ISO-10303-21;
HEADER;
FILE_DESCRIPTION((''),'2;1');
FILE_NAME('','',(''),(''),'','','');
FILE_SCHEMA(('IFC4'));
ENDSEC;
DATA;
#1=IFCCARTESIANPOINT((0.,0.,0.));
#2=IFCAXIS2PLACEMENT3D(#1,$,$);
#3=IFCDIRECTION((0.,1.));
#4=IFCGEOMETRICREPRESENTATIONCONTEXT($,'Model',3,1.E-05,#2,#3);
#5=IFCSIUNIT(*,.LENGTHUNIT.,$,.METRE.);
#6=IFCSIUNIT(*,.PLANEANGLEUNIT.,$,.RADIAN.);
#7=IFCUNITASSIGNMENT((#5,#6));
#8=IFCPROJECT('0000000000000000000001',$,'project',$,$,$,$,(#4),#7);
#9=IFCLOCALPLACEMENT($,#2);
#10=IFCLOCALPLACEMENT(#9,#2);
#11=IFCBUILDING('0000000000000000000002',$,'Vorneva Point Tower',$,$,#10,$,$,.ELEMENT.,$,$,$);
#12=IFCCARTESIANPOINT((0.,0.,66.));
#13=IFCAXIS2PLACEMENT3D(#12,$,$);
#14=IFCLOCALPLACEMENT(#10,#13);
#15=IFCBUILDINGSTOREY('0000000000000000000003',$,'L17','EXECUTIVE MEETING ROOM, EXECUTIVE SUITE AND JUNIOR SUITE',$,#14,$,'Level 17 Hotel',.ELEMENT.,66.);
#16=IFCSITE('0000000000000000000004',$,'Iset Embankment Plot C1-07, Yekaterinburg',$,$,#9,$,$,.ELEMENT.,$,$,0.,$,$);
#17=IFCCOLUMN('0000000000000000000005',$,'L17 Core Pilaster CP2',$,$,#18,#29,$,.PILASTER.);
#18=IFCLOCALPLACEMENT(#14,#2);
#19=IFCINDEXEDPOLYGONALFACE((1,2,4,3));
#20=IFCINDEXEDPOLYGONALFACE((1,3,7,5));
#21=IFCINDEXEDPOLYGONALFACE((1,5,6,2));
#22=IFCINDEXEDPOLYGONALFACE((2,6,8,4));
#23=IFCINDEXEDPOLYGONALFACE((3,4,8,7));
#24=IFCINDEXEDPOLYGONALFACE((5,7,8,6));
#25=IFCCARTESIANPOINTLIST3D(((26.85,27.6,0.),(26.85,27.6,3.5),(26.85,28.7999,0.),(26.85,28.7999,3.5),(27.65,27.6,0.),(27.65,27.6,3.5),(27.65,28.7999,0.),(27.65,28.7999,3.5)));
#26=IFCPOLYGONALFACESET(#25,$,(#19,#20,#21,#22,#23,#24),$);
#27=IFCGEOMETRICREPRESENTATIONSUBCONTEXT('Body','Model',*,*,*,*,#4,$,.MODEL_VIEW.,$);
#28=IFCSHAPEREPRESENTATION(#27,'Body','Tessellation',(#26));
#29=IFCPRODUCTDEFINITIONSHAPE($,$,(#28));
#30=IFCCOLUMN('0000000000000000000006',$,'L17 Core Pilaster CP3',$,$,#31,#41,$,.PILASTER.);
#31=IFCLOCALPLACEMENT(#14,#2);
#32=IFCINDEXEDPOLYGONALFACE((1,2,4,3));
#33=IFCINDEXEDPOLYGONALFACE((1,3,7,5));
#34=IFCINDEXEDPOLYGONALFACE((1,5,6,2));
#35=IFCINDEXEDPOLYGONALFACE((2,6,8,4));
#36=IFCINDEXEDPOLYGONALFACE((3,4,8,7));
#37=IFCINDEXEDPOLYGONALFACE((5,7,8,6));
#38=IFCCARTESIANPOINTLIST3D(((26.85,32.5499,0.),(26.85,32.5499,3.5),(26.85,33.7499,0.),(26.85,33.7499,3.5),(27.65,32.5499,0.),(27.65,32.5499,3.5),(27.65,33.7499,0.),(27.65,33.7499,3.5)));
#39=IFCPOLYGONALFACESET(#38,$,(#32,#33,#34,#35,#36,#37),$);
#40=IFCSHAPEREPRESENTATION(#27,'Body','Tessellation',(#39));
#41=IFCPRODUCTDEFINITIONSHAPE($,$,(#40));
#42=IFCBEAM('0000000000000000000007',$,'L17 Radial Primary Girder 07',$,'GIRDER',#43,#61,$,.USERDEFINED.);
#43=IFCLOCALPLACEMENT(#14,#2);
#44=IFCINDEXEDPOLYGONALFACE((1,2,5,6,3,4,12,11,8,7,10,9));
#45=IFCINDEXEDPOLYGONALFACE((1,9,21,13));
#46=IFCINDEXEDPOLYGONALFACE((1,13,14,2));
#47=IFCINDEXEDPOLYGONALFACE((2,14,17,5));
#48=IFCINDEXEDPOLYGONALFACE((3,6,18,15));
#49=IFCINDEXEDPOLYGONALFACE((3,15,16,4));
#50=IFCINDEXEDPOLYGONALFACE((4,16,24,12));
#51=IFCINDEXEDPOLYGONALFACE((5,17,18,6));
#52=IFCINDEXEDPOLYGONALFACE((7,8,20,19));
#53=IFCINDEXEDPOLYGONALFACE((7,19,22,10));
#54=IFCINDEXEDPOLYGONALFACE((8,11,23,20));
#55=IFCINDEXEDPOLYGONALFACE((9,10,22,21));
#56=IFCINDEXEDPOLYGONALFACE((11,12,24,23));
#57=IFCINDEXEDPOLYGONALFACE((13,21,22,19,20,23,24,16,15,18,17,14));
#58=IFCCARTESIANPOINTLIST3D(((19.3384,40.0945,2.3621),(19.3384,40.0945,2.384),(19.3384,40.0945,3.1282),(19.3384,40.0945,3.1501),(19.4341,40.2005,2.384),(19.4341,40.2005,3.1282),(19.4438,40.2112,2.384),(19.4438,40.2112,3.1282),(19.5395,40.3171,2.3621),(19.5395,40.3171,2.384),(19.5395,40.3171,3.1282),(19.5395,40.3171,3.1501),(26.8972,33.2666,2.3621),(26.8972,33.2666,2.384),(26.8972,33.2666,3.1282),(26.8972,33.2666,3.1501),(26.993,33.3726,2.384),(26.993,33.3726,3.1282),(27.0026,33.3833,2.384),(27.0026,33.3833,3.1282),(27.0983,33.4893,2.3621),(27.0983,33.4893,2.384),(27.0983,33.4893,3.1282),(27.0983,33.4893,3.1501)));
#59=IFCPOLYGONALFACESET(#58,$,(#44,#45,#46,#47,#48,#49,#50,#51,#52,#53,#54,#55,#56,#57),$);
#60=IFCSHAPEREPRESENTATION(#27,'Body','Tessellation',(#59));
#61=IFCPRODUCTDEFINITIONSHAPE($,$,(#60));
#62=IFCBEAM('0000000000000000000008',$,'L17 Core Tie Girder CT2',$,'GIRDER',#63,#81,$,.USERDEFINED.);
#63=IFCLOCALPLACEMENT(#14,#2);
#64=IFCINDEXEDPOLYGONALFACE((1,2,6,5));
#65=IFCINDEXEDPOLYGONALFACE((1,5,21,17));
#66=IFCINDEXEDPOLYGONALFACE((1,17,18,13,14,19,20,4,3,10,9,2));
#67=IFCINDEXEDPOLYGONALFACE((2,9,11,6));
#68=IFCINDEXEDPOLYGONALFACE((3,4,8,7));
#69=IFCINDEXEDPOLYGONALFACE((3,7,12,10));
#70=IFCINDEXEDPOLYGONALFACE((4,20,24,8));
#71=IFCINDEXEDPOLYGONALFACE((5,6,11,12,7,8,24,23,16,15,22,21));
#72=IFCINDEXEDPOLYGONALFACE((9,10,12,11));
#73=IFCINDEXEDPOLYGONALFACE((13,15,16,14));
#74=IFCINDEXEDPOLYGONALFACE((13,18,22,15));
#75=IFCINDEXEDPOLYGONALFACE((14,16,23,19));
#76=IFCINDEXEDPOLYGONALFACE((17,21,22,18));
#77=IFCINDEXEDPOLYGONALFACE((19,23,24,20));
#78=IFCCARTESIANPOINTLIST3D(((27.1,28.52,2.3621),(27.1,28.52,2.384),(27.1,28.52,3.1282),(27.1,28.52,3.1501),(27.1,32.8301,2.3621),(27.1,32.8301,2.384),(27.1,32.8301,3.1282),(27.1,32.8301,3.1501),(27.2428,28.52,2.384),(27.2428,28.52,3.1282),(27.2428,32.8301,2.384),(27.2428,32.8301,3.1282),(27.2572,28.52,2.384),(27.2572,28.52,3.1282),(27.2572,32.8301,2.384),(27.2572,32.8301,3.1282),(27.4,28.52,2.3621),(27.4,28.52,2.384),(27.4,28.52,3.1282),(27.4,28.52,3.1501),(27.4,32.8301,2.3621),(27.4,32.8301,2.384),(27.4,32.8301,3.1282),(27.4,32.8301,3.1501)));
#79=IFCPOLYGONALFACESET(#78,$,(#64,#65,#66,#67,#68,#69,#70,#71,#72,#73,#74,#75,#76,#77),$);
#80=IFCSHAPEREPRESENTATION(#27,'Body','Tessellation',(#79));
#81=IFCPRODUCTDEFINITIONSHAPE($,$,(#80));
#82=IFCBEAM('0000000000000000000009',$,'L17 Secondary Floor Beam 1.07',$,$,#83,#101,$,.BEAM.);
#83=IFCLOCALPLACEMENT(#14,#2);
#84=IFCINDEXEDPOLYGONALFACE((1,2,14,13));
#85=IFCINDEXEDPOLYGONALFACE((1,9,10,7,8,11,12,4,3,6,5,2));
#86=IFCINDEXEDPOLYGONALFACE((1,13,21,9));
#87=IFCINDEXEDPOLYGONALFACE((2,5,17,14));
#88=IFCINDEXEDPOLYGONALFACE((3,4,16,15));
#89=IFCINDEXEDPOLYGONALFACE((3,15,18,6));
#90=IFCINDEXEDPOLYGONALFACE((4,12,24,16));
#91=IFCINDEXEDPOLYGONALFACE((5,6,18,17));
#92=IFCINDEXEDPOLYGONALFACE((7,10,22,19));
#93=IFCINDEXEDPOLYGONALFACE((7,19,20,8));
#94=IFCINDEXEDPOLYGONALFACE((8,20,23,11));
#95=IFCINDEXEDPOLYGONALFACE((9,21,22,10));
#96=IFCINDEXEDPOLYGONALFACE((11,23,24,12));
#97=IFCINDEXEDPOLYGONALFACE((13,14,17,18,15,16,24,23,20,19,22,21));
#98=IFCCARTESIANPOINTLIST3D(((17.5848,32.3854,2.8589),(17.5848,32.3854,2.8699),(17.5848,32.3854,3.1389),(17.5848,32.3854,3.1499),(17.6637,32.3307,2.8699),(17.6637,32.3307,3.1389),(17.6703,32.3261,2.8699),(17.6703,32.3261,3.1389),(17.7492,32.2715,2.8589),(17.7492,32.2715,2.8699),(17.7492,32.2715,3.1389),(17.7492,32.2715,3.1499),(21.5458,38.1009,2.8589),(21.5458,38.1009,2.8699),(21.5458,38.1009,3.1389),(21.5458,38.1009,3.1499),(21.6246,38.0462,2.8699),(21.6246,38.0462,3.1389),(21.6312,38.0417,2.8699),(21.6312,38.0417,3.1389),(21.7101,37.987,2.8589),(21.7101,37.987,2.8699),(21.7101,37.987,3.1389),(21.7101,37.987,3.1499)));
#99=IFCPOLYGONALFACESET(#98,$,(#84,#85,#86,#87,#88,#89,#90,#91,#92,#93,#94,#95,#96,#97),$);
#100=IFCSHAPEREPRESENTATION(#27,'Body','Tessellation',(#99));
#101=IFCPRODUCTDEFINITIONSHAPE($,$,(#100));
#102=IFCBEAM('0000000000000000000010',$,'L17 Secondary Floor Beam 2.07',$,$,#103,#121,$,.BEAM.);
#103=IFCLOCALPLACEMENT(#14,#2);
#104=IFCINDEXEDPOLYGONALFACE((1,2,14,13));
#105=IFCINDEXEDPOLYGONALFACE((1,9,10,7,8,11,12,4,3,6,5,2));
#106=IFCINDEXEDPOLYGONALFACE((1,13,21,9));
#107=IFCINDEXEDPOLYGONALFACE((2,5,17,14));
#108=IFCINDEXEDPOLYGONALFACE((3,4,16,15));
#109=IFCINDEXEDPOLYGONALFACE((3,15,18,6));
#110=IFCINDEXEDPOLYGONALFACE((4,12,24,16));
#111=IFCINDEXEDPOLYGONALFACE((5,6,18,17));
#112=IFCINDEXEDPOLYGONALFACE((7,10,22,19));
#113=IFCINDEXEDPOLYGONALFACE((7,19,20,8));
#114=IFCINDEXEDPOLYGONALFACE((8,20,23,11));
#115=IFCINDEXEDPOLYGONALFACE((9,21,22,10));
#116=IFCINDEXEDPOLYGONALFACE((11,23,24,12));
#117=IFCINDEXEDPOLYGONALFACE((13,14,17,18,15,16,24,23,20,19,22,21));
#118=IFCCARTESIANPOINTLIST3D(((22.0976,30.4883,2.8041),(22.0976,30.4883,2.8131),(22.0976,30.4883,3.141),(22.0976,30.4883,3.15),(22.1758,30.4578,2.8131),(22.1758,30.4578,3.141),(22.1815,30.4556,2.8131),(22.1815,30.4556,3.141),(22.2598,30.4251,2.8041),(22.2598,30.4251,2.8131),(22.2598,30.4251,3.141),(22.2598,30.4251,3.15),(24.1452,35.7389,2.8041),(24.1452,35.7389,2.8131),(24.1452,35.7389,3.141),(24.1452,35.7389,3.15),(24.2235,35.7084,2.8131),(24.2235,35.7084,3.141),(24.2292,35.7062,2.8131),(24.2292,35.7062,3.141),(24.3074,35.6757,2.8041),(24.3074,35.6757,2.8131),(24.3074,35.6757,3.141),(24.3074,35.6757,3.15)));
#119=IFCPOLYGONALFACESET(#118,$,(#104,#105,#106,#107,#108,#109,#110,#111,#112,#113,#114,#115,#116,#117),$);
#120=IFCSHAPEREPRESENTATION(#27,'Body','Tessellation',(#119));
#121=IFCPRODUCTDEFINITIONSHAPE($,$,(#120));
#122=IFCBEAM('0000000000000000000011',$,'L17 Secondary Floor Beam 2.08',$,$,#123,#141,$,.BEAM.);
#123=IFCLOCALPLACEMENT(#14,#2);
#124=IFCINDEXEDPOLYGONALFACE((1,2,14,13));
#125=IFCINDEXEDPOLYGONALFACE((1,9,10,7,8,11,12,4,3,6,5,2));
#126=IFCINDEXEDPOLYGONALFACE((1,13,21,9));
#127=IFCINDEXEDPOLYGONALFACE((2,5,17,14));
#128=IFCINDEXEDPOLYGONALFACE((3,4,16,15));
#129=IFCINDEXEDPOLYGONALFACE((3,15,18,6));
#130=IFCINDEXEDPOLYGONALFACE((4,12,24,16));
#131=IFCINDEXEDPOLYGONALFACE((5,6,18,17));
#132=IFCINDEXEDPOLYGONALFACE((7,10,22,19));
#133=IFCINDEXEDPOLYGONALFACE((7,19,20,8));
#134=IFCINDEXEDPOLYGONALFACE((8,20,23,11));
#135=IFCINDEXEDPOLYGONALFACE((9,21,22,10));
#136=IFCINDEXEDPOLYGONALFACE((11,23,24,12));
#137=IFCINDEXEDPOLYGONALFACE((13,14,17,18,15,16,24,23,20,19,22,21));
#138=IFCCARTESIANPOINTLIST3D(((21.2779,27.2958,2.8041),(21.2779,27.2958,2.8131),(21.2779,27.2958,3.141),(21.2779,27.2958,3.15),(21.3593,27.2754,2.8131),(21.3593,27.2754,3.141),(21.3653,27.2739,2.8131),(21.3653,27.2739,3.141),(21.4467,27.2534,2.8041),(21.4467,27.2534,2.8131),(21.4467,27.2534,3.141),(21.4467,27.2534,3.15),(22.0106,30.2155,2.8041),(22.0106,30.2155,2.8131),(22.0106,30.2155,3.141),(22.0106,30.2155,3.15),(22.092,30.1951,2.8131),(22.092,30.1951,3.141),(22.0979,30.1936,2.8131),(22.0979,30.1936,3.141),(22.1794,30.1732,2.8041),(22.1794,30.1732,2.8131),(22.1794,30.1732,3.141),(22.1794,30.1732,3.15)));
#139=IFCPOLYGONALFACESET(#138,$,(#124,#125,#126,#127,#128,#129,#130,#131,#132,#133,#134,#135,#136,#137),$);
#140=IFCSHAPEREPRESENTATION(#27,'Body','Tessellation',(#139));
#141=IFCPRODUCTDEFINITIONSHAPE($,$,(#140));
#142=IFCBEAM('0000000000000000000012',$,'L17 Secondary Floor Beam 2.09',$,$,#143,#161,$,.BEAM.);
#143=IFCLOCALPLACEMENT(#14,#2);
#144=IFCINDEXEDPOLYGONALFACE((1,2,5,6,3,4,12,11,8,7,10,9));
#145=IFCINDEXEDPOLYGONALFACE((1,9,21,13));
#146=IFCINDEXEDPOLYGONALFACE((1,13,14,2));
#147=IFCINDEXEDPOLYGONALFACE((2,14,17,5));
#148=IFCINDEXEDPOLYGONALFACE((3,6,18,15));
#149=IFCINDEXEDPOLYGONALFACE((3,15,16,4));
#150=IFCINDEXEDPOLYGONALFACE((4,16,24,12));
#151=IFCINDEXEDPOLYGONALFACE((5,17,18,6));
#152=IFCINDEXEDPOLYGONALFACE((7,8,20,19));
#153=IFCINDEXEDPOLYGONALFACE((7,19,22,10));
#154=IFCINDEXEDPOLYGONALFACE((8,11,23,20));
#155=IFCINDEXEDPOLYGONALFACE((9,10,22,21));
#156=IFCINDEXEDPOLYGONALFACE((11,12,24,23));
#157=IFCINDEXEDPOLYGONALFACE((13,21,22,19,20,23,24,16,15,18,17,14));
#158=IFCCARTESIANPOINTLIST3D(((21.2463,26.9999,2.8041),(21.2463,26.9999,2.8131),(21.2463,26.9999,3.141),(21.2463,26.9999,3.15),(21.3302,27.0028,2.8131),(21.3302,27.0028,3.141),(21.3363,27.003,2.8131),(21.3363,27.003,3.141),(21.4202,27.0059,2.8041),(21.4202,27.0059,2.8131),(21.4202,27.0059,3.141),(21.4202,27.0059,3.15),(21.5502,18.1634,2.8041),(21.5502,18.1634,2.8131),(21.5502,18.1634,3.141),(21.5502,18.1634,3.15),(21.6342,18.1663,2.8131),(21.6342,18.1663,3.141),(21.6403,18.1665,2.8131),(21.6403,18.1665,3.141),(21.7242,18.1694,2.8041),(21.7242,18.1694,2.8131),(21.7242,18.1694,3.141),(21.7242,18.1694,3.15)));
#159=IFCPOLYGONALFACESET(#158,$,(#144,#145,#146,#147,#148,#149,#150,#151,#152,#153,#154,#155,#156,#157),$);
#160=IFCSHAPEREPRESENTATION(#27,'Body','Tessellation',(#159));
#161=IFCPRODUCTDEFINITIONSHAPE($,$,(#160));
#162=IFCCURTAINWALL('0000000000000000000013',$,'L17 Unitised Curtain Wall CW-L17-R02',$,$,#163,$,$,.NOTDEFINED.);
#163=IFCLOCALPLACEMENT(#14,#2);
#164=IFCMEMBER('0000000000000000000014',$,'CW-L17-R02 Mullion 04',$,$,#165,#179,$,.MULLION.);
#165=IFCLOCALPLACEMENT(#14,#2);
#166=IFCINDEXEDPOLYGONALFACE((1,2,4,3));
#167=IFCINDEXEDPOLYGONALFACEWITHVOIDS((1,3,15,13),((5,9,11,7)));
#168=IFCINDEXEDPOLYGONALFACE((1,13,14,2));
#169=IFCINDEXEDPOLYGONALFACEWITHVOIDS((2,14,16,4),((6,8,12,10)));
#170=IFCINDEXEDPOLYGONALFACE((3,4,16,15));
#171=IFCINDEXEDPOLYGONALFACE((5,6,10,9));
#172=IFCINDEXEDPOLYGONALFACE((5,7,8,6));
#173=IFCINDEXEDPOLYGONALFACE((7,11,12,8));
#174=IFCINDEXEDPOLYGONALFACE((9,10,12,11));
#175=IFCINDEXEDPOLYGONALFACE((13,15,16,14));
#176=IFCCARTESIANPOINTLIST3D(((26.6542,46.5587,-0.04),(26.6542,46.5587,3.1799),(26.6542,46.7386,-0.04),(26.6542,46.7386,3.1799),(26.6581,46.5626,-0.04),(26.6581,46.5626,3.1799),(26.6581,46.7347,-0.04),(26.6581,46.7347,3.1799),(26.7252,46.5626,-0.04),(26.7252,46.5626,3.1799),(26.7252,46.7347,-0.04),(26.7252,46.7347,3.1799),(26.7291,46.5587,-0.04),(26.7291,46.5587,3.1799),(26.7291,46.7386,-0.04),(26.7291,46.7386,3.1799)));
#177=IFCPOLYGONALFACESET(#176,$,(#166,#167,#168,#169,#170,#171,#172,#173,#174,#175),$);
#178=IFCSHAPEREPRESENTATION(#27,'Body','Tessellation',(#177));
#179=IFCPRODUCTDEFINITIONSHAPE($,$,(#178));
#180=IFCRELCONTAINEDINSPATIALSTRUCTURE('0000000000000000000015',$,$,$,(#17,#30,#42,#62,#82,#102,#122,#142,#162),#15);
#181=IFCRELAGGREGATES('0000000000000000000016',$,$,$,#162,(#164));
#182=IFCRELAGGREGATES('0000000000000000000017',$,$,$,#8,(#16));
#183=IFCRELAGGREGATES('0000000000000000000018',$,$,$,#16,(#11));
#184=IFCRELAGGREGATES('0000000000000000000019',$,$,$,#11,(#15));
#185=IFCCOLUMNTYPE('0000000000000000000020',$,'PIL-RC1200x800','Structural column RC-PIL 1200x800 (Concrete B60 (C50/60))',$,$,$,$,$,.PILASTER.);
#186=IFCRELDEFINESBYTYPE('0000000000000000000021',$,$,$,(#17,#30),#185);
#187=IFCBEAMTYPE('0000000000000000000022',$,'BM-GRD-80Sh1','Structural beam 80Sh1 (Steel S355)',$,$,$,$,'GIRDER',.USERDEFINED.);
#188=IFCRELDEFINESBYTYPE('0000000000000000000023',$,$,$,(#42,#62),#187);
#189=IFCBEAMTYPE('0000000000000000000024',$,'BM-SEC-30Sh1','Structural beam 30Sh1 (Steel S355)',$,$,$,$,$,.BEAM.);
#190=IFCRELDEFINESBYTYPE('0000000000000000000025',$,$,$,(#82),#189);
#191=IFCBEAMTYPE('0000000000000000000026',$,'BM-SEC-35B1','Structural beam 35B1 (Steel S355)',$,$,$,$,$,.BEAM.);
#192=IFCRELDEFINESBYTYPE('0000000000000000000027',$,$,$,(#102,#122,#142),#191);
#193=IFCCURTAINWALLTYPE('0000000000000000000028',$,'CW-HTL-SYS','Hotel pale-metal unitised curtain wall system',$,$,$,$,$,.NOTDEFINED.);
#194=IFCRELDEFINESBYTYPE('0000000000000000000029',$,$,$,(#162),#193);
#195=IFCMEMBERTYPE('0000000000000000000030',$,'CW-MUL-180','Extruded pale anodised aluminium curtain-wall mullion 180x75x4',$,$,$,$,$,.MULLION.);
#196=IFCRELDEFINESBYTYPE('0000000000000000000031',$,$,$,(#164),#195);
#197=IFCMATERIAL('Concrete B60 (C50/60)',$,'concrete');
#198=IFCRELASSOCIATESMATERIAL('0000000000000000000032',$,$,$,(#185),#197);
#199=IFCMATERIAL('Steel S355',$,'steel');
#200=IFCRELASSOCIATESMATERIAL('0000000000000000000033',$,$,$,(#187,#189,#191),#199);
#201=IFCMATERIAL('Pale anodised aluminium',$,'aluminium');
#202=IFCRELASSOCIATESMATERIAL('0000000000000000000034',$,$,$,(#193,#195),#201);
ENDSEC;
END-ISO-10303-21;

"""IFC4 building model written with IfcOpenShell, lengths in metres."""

from ifc_helpers import new_model, si_unit, direction, frame, origin, origin_2d, place, context, subcontext, project, spatial, rectangle, hollow_rectangle, i_section, extrude, material, material_profile, profile_set, type_object, element, aggregate, save


model = new_model("IFC4")

# Units and contexts
model_context = context("Model", 3, precision=1e-05, world=origin(), true_north=direction((0.0, 1.0)))
body_context = subcontext(model_context, "Body", "Model", "MODEL_VIEW")
ifc_project = project(units=[si_unit("LENGTHUNIT", "METRE"), si_unit("PLANEANGLEUNIT", "RADIAN")], contexts=[model_context])

# Site, building, storey
site_placement = place(None, origin())
site = spatial("IfcSite", under=ifc_project, at=site_placement, Name="Iset Embankment Plot C1-07, Yekaterinburg", CompositionType="ELEMENT", RefElevation=0.0)
building_placement = place(site_placement, origin())
building = spatial("IfcBuilding", under=site, at=building_placement, Name="Vorneva Point Tower", CompositionType="ELEMENT")
storey_placement = place(building_placement, frame((0.0, 0.0, 66.0)))
storey = spatial("IfcBuildingStorey", under=building, at=storey_placement, Name="L17", Description="EXECUTIVE MEETING ROOM, EXECUTIVE SUITE AND JUNIOR SUITE", LongName="Level 17 Hotel", CompositionType="ELEMENT", Elevation=66.0)

# Columns
ifc_material_1 = material(Name="Concrete B60 (C50/60)", Category="concrete")
ifc_material_profile_1 = material_profile(ifc_material_1, rectangle(XDim=0.8, YDim=1.2, at=origin_2d()), Name="RC-PIL 1200x800")
ifc_profile_set_1 = profile_set([ifc_material_profile_1], Name="Concrete B60 (C50/60)")
column_type_1 = type_object("IfcColumnType", Name="PIL-RC1200x800", Description="Structural column RC-PIL 1200x800 (Concrete B60 (C50/60))", PredefinedType="PILASTER", material=ifc_profile_set_1)
for number, where, z_axis, x_axis, name in (
    (1, (27.25, 28.2, 0.0), (0.0, 0.0, 1.0), (1.0, 0.0, 0.0), "L17 Core Pilaster CP2"),
    (2, (27.25, 33.1499, 0.0), (0.0, 0.0, 1.0), (1.0, 0.0, 0.0), "L17 Core Pilaster CP3"),
):
    element("IfcColumn", number, at=place(storey_placement, frame(where, z_axis=z_axis, x_axis=x_axis)), inside=storey, type_object=column_type_1, Name=name, PredefinedType="PILASTER", context=body_context, shape_type="SweptSolid", body=[
        extrude(rectangle(XDim=0.8, YDim=1.2, at=origin_2d()), origin(), (0.0, 0.0, 1.0), 3.5),
    ])

# Beams
ifc_material_2 = material(Name="Steel S355", Category="steel")
ifc_material_profile_2 = material_profile(ifc_material_2, i_section(OverallWidth=0.3, OverallDepth=0.7881, WebThickness=0.0144, FlangeThickness=0.022, at=origin_2d()), Name="80Sh1")
ifc_profile_set_2 = profile_set([ifc_material_profile_2], Name="Steel S355")
beam_type_1 = type_object("IfcBeamType", Name="BM-GRD-80Sh1", Description="Structural beam 80Sh1 (Steel S355)", ElementType="GIRDER", PredefinedType="USERDEFINED", material=ifc_profile_set_2)
beam_1_placement = place(storey_placement, frame((19.439, 40.2058, 2.7561), z_axis=(0.742076, -0.670316, 0.0), x_axis=(0.670316, 0.742076, 0.0)))
element("IfcBeam", 3, at=beam_1_placement, inside=storey, type_object=beam_type_1, Name="L17 Radial Primary Girder 07", ObjectType="GIRDER", PredefinedType="USERDEFINED", context=body_context, shape_type="SweptSolid", body=[
    extrude(i_section(OverallWidth=0.3, OverallDepth=0.7881, WebThickness=0.0144, FlangeThickness=0.022, at=origin_2d()), origin(), (0.0, 0.0, 1.0), 10.186),
])
beam_2_placement = place(storey_placement, frame((27.25, 28.52, 2.7561), z_axis=(0.0, 1.0, 0.0), x_axis=(-1.0, 0.0, 0.0)))
element("IfcBeam", 4, at=beam_2_placement, inside=storey, type_object=beam_type_1, Name="L17 Core Tie Girder CT2", ObjectType="GIRDER", PredefinedType="USERDEFINED", context=body_context, shape_type="SweptSolid", body=[
    extrude(i_section(OverallWidth=0.3, OverallDepth=0.7881, WebThickness=0.0144, FlangeThickness=0.022, at=origin_2d()), origin(), (0.0, 0.0, 1.0), 4.3101),
])
ifc_material_profile_3 = material_profile(ifc_material_2, i_section(OverallWidth=0.2, OverallDepth=0.291, WebThickness=0.0081, FlangeThickness=0.011, at=origin_2d()), Name="30Sh1")
ifc_profile_set_3 = profile_set([ifc_material_profile_3], Name="Steel S355")
beam_type_2 = type_object("IfcBeamType", Name="BM-SEC-30Sh1", Description="Structural beam 30Sh1 (Steel S355)", PredefinedType="BEAM", material=ifc_profile_set_3)
beam_3_placement = place(storey_placement, frame((21.6279, 38.0439, 3.0044), z_axis=(-0.569599, -0.821923, 0.0), x_axis=(0.821923, -0.569599, 0.0)))
element("IfcBeam", 5, at=beam_3_placement, inside=storey, type_object=beam_type_2, Name="L17 Secondary Floor Beam 1.07", PredefinedType="BEAM", context=body_context, shape_type="SweptSolid", body=[
    extrude(i_section(OverallWidth=0.2, OverallDepth=0.291, WebThickness=0.0081, FlangeThickness=0.011, at=origin_2d()), origin(), (0.0, 0.0, 1.0), 6.9539),
])
ifc_material_profile_4 = material_profile(ifc_material_2, i_section(OverallWidth=0.1741, OverallDepth=0.3459, WebThickness=0.0061, FlangeThickness=0.009, at=origin_2d()), Name="35B1")
ifc_profile_set_4 = profile_set([ifc_material_profile_4], Name="Steel S355")
beam_type_3 = type_object("IfcBeamType", Name="BM-SEC-35B1", Description="Structural beam 35B1 (Steel S355)", PredefinedType="BEAM", material=ifc_profile_set_4)
beam_4_placement = place(storey_placement, frame((24.2263, 35.7073, 2.9771), z_axis=(-0.363332, -0.93166, 0.0), x_axis=(0.93166, -0.363332, 0.0)))
element("IfcBeam", 6, at=beam_4_placement, inside=storey, type_object=beam_type_3, Name="L17 Secondary Floor Beam 2.07", PredefinedType="BEAM", context=body_context, shape_type="SweptSolid", body=[
    extrude(i_section(OverallWidth=0.1741, OverallDepth=0.3459, WebThickness=0.0061, FlangeThickness=0.009, at=origin_2d()), origin(), (0.0, 0.0, 1.0), 5.6357),
])
beam_5_placement = place(storey_placement, frame((22.095, 30.1943, 2.9771), z_axis=(-0.243394, -0.969927, 0.0), x_axis=(0.969927, -0.243394, 0.0)))
element("IfcBeam", 7, at=beam_5_placement, inside=storey, type_object=beam_type_3, Name="L17 Secondary Floor Beam 2.08", PredefinedType="BEAM", context=body_context, shape_type="SweptSolid", body=[
    extrude(i_section(OverallWidth=0.1741, OverallDepth=0.3459, WebThickness=0.0061, FlangeThickness=0.009, at=origin_2d()), origin(), (0.0, 0.0, 1.0), 3.0103),
])
beam_6_placement = place(storey_placement, frame((21.3333, 27.0029, 2.9771), z_axis=(0.034377, -0.999409, 0.0), x_axis=(0.999409, 0.034377, 0.0)))
element("IfcBeam", 8, at=beam_6_placement, inside=storey, type_object=beam_type_3, Name="L17 Secondary Floor Beam 2.09", PredefinedType="BEAM", context=body_context, shape_type="SweptSolid", body=[
    extrude(i_section(OverallWidth=0.1741, OverallDepth=0.3459, WebThickness=0.0061, FlangeThickness=0.009, at=origin_2d()), origin(), (0.0, 0.0, 1.0), 8.8418),
])

# Curtain wall, member
ifc_material_3 = material(Name="Pale anodised aluminium", Category="aluminium")
curtain_wall_type = type_object("IfcCurtainWallType", Name="CW-HTL-SYS", Description="Hotel pale-metal unitised curtain wall system", PredefinedType="NOTDEFINED", material=ifc_material_3)
curtain_wall_placement = place(storey_placement, origin())
curtain_wall = element("IfcCurtainWall", 9, at=curtain_wall_placement, inside=storey, type_object=curtain_wall_type, Name="L17 Unitised Curtain Wall CW-L17-R02", PredefinedType="NOTDEFINED")
ifc_material_profile_5 = material_profile(ifc_material_3, hollow_rectangle(XDim=0.075, YDim=0.1799, WallThickness=0.0039, at=origin_2d()), Name="AL-MUL 180x75x4")
ifc_profile_set_5 = profile_set([ifc_material_profile_5], Name="Pale anodised aluminium")
member_type_1 = type_object("IfcMemberType", Name="CW-MUL-180", Description="Extruded pale anodised aluminium curtain-wall mullion 180x75x4", PredefinedType="MULLION", material=ifc_profile_set_5)
member_1_placement = place(storey_placement, frame((26.6917, 46.6487, -0.04), z_axis=(0.0, 0.0, 1.0), x_axis=(1.0, 0.0, 0.0)))
member_1 = element("IfcMember", 10, at=member_1_placement, type_object=member_type_1, Name="CW-L17-R02 Mullion 04", PredefinedType="MULLION", context=body_context, shape_type="SweptSolid", body=[
    extrude(hollow_rectangle(XDim=0.075, YDim=0.1799, WallThickness=0.0039, at=origin_2d()), origin(), (0.0, 0.0, 1.0), 3.22),
])
aggregate(curtain_wall, [member_1])

save(model, "model.ifc")
